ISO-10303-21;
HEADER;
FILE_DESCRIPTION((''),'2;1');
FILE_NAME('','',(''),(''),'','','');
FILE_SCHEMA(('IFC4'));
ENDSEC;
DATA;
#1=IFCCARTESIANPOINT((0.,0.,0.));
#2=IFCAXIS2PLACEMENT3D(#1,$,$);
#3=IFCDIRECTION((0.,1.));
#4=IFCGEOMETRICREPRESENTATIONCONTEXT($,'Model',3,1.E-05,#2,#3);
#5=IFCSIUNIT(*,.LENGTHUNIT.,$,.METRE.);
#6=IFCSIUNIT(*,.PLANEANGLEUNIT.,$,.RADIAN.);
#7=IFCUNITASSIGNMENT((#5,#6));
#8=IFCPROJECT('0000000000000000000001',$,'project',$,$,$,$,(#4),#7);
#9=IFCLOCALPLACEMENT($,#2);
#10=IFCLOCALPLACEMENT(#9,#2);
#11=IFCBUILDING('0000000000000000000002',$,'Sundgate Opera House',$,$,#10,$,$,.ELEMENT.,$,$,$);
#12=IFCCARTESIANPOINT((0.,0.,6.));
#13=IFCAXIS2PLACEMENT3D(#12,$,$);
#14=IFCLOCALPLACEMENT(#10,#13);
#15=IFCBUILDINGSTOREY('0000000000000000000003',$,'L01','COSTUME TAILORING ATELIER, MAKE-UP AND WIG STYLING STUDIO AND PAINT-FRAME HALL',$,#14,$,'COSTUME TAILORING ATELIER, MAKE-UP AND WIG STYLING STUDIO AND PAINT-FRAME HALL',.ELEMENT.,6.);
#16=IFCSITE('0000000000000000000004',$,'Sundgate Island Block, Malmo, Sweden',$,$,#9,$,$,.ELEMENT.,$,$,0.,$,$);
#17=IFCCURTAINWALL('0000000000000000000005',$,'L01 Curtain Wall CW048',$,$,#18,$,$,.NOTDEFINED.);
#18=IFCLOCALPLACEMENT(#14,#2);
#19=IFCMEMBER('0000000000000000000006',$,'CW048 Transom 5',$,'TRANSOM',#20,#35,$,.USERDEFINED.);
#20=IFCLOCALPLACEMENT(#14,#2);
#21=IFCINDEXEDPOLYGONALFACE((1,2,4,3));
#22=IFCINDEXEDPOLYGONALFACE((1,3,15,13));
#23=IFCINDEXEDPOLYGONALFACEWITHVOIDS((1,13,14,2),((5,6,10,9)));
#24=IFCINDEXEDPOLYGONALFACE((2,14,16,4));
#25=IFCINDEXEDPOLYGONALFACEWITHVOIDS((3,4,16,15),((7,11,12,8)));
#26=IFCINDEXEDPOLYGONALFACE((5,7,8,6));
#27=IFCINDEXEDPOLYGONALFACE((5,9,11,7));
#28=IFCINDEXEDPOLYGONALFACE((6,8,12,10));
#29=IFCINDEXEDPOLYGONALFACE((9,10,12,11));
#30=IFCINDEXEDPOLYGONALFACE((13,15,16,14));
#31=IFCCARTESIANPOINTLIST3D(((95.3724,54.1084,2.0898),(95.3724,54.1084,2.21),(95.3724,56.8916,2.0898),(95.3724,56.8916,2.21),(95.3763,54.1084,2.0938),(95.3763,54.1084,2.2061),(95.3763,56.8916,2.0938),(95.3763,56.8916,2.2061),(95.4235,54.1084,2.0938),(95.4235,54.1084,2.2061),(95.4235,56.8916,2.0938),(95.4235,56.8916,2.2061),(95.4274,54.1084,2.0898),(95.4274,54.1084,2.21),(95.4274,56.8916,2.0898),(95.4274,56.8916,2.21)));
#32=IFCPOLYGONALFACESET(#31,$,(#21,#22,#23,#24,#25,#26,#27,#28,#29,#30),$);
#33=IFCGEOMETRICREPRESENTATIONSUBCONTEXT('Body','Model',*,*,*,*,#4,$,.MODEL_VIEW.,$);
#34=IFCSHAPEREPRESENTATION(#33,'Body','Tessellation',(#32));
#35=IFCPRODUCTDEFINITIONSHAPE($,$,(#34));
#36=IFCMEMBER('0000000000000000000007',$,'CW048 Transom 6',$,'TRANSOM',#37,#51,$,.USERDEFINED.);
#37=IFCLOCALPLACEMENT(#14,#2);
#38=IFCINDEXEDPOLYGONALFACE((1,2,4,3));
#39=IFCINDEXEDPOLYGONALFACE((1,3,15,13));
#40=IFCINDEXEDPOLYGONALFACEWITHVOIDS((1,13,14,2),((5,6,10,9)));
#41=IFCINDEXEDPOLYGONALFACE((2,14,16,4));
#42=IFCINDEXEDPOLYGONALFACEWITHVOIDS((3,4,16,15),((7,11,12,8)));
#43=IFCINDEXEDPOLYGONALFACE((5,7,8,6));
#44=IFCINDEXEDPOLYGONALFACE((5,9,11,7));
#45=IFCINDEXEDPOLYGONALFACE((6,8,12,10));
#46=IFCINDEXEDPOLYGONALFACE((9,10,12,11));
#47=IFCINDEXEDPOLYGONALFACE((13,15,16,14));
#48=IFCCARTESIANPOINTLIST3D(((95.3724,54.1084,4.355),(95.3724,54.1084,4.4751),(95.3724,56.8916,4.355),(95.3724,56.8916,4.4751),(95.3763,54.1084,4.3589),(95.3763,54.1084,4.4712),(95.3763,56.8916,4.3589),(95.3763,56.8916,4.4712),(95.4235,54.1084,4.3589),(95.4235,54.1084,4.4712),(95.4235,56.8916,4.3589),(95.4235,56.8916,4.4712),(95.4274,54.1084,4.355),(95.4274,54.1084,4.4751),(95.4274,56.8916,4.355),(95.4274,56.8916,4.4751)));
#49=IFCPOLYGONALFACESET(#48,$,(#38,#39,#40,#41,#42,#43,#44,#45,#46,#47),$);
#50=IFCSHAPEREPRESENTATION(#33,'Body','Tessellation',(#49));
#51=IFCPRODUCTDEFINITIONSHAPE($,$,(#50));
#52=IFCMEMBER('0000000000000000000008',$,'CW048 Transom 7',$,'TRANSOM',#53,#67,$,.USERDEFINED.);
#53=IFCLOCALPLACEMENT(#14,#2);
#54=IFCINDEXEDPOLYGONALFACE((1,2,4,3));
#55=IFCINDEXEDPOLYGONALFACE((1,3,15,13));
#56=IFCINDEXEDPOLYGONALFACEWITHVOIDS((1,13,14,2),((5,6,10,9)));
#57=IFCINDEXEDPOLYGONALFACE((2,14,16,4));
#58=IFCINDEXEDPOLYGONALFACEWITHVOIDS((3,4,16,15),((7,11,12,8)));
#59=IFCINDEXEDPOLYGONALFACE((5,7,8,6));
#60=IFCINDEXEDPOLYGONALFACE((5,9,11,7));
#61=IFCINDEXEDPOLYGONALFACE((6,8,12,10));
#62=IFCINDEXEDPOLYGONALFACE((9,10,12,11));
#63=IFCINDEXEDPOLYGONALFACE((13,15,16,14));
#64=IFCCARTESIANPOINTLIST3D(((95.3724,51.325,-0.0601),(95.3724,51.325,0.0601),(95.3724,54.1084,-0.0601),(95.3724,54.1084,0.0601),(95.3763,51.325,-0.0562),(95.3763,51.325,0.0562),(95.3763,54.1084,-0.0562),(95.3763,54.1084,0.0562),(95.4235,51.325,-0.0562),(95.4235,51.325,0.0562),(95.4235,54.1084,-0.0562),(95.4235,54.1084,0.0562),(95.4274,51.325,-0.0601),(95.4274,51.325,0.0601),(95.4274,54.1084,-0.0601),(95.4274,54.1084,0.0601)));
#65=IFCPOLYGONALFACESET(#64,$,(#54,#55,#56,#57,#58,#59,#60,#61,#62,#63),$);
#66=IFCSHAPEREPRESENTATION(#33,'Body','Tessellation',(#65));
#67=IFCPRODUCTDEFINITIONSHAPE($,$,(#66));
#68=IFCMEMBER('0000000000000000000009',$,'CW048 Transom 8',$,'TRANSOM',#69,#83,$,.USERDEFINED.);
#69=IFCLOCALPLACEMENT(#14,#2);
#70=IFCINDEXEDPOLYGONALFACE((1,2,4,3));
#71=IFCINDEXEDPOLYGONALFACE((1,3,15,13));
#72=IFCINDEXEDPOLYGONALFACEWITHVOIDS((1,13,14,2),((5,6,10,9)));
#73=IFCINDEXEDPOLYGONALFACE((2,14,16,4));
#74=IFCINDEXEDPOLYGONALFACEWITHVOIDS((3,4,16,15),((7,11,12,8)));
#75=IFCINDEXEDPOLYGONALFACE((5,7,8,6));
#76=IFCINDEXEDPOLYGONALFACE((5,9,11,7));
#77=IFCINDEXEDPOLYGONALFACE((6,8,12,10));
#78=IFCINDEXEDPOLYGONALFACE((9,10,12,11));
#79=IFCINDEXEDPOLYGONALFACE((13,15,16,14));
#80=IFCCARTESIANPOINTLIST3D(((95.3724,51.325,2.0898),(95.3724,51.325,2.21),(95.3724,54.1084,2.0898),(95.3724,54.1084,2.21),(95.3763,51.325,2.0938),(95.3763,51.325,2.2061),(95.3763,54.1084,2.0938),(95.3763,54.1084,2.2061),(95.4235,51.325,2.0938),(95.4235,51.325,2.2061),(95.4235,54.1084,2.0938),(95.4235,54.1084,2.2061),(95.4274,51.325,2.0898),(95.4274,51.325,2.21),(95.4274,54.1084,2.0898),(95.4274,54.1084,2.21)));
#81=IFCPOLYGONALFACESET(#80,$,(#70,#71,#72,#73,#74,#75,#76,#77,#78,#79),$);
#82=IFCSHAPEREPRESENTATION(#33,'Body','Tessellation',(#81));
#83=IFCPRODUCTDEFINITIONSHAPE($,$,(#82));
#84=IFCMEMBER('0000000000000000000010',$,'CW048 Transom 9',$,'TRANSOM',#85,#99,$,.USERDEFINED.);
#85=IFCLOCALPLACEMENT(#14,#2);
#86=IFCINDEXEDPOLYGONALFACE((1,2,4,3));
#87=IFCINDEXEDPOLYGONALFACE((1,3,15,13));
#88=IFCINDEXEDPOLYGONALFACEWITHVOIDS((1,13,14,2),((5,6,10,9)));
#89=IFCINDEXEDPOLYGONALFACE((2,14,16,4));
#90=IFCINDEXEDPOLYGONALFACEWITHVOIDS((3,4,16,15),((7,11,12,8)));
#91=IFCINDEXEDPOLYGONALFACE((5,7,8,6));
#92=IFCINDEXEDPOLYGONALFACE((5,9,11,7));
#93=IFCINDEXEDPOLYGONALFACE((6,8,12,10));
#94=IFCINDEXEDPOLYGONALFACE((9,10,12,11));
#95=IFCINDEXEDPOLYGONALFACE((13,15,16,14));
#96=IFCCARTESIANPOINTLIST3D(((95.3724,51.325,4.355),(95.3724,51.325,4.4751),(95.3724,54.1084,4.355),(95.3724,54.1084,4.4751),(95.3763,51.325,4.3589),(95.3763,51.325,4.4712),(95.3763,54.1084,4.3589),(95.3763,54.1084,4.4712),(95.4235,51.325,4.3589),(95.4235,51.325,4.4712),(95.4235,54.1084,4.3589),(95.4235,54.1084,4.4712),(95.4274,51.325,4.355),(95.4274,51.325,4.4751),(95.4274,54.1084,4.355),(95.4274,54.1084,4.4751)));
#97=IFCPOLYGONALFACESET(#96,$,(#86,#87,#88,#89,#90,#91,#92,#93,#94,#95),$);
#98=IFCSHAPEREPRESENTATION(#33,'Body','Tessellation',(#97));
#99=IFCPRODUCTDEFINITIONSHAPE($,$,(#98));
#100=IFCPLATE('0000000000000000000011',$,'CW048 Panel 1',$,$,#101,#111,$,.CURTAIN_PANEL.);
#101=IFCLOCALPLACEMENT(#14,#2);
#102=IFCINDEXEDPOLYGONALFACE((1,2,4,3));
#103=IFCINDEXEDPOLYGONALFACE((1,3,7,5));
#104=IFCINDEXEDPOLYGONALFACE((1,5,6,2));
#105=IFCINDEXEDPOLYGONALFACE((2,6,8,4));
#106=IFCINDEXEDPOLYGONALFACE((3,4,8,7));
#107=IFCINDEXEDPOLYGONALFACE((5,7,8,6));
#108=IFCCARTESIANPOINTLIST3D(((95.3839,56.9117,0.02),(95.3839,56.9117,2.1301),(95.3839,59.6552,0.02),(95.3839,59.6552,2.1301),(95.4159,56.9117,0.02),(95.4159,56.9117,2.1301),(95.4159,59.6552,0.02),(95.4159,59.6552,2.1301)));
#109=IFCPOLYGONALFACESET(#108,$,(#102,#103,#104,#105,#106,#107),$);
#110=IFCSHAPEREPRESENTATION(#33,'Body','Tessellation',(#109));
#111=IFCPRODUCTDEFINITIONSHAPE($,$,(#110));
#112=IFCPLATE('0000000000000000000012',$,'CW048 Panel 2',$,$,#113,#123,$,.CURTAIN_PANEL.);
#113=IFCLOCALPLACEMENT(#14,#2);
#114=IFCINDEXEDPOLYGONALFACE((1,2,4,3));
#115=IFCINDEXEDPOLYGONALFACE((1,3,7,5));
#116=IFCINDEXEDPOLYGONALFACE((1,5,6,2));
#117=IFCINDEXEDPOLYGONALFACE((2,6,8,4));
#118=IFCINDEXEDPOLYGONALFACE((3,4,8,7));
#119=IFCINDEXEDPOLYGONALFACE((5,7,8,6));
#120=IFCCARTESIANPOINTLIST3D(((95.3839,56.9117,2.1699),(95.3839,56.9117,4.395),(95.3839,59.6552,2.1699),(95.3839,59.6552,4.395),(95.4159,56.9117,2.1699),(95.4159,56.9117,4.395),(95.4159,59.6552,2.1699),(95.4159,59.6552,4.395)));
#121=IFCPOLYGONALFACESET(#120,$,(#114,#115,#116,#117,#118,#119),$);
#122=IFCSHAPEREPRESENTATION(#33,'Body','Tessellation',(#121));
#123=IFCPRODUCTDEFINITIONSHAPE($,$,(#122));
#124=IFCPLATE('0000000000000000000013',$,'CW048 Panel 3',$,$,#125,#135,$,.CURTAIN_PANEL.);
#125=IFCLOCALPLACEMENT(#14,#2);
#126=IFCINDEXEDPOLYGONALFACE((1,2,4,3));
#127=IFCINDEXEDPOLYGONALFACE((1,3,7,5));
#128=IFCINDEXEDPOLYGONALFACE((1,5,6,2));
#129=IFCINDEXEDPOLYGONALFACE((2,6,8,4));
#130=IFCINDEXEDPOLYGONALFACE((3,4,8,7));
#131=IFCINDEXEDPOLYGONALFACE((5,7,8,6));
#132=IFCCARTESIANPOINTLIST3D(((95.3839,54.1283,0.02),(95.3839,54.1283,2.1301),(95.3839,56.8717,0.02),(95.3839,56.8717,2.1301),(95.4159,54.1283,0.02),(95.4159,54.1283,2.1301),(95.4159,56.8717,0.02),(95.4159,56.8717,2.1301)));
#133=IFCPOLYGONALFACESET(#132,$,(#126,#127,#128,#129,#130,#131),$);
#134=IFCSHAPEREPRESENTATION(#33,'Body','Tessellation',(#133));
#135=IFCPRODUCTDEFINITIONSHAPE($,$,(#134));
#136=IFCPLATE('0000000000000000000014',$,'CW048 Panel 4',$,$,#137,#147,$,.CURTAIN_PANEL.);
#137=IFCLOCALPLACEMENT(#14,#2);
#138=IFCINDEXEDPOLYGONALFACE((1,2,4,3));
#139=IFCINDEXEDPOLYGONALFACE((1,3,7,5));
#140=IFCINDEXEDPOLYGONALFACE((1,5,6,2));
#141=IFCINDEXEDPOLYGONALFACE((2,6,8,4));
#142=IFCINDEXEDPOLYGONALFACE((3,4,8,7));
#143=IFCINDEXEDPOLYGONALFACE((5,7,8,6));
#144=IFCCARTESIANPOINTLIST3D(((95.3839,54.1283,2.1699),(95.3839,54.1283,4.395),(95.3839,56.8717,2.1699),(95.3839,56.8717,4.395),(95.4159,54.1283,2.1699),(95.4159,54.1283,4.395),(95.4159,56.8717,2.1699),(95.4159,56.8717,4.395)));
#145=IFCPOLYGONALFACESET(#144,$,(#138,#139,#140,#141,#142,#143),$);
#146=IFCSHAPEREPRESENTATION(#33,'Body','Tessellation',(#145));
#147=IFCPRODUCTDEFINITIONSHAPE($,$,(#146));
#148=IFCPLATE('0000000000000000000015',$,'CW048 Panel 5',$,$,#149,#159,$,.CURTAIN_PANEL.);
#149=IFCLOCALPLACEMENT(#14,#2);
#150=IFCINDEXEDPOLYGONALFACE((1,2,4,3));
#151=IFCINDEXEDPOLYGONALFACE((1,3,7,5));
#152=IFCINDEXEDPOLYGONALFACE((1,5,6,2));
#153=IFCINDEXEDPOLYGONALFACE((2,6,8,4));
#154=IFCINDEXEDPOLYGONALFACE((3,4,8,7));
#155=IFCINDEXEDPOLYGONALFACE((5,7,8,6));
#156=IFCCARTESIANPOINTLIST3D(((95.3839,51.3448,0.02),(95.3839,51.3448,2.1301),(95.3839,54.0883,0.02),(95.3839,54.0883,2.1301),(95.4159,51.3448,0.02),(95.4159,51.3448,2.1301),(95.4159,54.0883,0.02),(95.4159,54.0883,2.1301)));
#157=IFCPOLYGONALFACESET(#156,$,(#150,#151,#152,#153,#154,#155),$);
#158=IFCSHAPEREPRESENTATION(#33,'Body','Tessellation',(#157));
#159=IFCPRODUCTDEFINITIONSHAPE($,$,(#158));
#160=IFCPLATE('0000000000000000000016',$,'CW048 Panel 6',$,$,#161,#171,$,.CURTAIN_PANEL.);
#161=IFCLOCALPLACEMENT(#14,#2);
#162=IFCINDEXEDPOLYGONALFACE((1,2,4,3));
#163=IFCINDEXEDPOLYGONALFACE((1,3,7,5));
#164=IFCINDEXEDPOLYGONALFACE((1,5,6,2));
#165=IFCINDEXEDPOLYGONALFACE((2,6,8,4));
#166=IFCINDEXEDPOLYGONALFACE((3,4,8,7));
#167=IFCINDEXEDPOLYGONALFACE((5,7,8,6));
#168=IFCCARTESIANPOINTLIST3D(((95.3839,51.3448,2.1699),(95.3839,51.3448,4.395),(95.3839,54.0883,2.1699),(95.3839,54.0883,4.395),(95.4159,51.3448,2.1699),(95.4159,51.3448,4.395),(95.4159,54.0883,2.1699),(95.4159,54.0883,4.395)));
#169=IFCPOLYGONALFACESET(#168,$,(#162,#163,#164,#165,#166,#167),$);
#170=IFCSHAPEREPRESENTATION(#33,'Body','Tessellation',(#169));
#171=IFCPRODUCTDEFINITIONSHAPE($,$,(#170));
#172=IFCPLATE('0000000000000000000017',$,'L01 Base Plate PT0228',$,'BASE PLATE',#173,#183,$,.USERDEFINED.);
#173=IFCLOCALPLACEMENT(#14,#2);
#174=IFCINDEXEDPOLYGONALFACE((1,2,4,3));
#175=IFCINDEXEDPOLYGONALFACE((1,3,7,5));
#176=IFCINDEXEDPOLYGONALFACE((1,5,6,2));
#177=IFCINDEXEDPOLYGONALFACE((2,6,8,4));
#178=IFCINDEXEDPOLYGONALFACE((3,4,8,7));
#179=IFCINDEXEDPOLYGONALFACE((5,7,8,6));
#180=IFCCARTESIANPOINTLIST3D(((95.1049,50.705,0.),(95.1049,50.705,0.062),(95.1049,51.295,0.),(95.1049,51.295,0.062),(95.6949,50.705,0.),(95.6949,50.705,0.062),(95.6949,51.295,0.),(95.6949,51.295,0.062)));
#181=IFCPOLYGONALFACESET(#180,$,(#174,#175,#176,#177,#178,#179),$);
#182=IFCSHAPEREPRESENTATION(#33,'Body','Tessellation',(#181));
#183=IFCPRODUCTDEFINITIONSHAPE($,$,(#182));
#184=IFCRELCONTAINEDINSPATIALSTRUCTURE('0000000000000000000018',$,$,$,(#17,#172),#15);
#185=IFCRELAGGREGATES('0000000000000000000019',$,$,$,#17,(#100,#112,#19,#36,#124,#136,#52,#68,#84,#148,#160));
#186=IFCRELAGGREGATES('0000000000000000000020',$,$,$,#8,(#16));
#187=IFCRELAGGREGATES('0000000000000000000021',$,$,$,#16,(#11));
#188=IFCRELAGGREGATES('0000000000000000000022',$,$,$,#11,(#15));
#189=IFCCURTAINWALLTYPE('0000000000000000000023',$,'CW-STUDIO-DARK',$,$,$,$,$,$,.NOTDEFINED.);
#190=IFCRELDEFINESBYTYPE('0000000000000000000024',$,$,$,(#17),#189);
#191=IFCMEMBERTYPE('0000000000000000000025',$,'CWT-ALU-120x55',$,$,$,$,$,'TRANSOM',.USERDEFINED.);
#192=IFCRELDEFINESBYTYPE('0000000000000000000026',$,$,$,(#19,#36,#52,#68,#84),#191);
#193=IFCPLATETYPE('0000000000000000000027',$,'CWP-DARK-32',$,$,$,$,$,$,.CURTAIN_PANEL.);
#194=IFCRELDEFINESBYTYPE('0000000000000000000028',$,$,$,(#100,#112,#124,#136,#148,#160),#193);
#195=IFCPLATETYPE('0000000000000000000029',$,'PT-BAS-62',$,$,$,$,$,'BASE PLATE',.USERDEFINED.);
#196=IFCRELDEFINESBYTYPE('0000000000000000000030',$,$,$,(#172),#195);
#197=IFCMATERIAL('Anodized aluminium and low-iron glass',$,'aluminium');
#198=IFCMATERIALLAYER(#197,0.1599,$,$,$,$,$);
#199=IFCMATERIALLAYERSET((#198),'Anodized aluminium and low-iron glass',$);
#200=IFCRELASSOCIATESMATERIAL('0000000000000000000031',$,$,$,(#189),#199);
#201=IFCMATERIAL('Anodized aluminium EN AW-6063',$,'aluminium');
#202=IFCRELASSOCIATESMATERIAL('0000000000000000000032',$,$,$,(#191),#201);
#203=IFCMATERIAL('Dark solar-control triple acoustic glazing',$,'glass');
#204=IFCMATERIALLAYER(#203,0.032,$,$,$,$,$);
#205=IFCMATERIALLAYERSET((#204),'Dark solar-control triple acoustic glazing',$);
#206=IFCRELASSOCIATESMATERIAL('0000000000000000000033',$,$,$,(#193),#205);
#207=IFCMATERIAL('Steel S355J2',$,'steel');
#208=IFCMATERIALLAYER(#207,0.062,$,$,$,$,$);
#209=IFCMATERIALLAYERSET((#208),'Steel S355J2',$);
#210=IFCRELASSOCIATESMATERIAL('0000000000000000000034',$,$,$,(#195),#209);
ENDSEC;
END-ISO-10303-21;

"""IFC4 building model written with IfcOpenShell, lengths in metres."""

from ifc_helpers import new_model, si_unit, direction, frame, origin, origin_2d, place, context, subcontext, project, spatial, rectangle, hollow_rectangle, extrude, material, layer, layer_set, material_profile, profile_set, type_object, element, aggregate, save


model = new_model("IFC4")

# Units and contexts
model_context = context("Model", 3, precision=1e-05, world=origin(), true_north=direction((0.0, 1.0)))
body_context = subcontext(model_context, "Body", "Model", "MODEL_VIEW")
ifc_project = project(units=[si_unit("LENGTHUNIT", "METRE"), si_unit("PLANEANGLEUNIT", "RADIAN")], contexts=[model_context])

# Site, building, storey
site_placement = place(None, origin())
site = spatial("IfcSite", under=ifc_project, at=site_placement, Name="Sundgate Island Block, Malmo, Sweden", CompositionType="ELEMENT", RefElevation=0.0)
building_placement = place(site_placement, origin())
building = spatial("IfcBuilding", under=site, at=building_placement, Name="Sundgate Opera House", CompositionType="ELEMENT")
storey_placement = place(building_placement, frame((0.0, 0.0, 6.0)))
storey = spatial("IfcBuildingStorey", under=building, at=storey_placement, Name="L01", Description="COSTUME TAILORING ATELIER, MAKE-UP AND WIG STYLING STUDIO AND PAINT-FRAME HALL", LongName="COSTUME TAILORING ATELIER, MAKE-UP AND WIG STYLING STUDIO AND PAINT-FRAME HALL", CompositionType="ELEMENT", Elevation=6.0)

# Curtain wall, members, plates
ifc_material_1 = material(Name="Anodized aluminium and low-iron glass", Category="aluminium")
ifc_layer_1 = layer(ifc_material_1, 0.1599)
ifc_layer_set_1 = layer_set([ifc_layer_1], Name="Anodized aluminium and low-iron glass")
curtain_wall_type = type_object("IfcCurtainWallType", Name="CW-STUDIO-DARK", PredefinedType="NOTDEFINED", material=ifc_layer_set_1)
curtain_wall_placement = place(storey_placement, origin())
curtain_wall = element("IfcCurtainWall", 1, at=curtain_wall_placement, inside=storey, type_object=curtain_wall_type, Name="L01 Curtain Wall CW048", PredefinedType="NOTDEFINED")
ifc_material_2 = material(Name="Anodized aluminium EN AW-6063", Category="aluminium")
ifc_material_profile_1 = material_profile(ifc_material_2, hollow_rectangle(XDim=0.0549, YDim=0.1201, WallThickness=0.0039, at=origin_2d()), Name="CWT 120x55x4")
ifc_profile_set_1 = profile_set([ifc_material_profile_1], Name="Anodized aluminium EN AW-6063")
member_type_1 = type_object("IfcMemberType", Name="CWT-ALU-120x55", ElementType="TRANSOM", PredefinedType="USERDEFINED", material=ifc_profile_set_1)
member_1_placement = place(storey_placement, frame((95.3999, 56.8916, 2.1499), z_axis=(0.0, -1.0, 0.0), x_axis=(1.0, 0.0, 0.0)))
member_1 = element("IfcMember", 2, at=member_1_placement, type_object=member_type_1, Name="CW048 Transom 5", ObjectType="TRANSOM", PredefinedType="USERDEFINED", context=body_context, shape_type="SweptSolid", body=[
    extrude(hollow_rectangle(XDim=0.0549, YDim=0.1201, WallThickness=0.0039, at=origin_2d()), origin(), (0.0, 0.0, 1.0), 2.7832),
])
member_2_placement = place(storey_placement, frame((95.3999, 56.8916, 4.415), z_axis=(0.0, -1.0, 0.0), x_axis=(1.0, 0.0, 0.0)))
member_2 = element("IfcMember", 3, at=member_2_placement, type_object=member_type_1, Name="CW048 Transom 6", ObjectType="TRANSOM", PredefinedType="USERDEFINED", context=body_context, shape_type="SweptSolid", body=[
    extrude(hollow_rectangle(XDim=0.0549, YDim=0.1201, WallThickness=0.0039, at=origin_2d()), origin(), (0.0, 0.0, 1.0), 2.7832),
])
member_3_placement = place(storey_placement, frame((95.3999, 54.1084, 0.0), z_axis=(0.0, -1.0, 0.0), x_axis=(1.0, 0.0, 0.0)))
member_3 = element("IfcMember", 4, at=member_3_placement, type_object=member_type_1, Name="CW048 Transom 7", ObjectType="TRANSOM", PredefinedType="USERDEFINED", context=body_context, shape_type="SweptSolid", body=[
    extrude(hollow_rectangle(XDim=0.0549, YDim=0.1201, WallThickness=0.0039, at=origin_2d()), origin(), (0.0, 0.0, 1.0), 2.7834),
])
member_4_placement = place(storey_placement, frame((95.3999, 54.1084, 2.1499), z_axis=(0.0, -1.0, 0.0), x_axis=(1.0, 0.0, 0.0)))
member_4 = element("IfcMember", 5, at=member_4_placement, type_object=member_type_1, Name="CW048 Transom 8", ObjectType="TRANSOM", PredefinedType="USERDEFINED", context=body_context, shape_type="SweptSolid", body=[
    extrude(hollow_rectangle(XDim=0.0549, YDim=0.1201, WallThickness=0.0039, at=origin_2d()), origin(), (0.0, 0.0, 1.0), 2.7834),
])
member_5_placement = place(storey_placement, frame((95.3999, 54.1084, 4.415), z_axis=(0.0, -1.0, 0.0), x_axis=(1.0, 0.0, 0.0)))
member_5 = element("IfcMember", 6, at=member_5_placement, type_object=member_type_1, Name="CW048 Transom 9", ObjectType="TRANSOM", PredefinedType="USERDEFINED", context=body_context, shape_type="SweptSolid", body=[
    extrude(hollow_rectangle(XDim=0.0549, YDim=0.1201, WallThickness=0.0039, at=origin_2d()), origin(), (0.0, 0.0, 1.0), 2.7834),
])
ifc_material_3 = material(Name="Dark solar-control triple acoustic glazing", Category="glass")
ifc_layer_2 = layer(ifc_material_3, 0.032)
ifc_layer_set_2 = layer_set([ifc_layer_2], Name="Dark solar-control triple acoustic glazing")
plate_type_1 = type_object("IfcPlateType", Name="CWP-DARK-32", PredefinedType="CURTAIN_PANEL", material=ifc_layer_set_2)
plate_1_placement = place(storey_placement, frame((95.3999, 58.2834, 0.02), z_axis=(0.0, 0.0, 1.0), x_axis=(0.0, -1.0, 0.0)))
plate_1 = element("IfcPlate", 7, at=plate_1_placement, type_object=plate_type_1, Name="CW048 Panel 1", PredefinedType="CURTAIN_PANEL", context=body_context, shape_type="SweptSolid", body=[
    extrude(rectangle(XDim=2.7434, YDim=0.032, at=origin_2d()), origin(), (0.0, 0.0, 1.0), 2.1101),
])
plate_2_placement = place(storey_placement, frame((95.3999, 58.2834, 2.1699), z_axis=(0.0, 0.0, 1.0), x_axis=(0.0, -1.0, 0.0)))
plate_2 = element("IfcPlate", 8, at=plate_2_placement, type_object=plate_type_1, Name="CW048 Panel 2", PredefinedType="CURTAIN_PANEL", context=body_context, shape_type="SweptSolid", body=[
    extrude(rectangle(XDim=2.7434, YDim=0.032, at=origin_2d()), origin(), (0.0, 0.0, 1.0), 2.2251),
])
plate_3_placement = place(storey_placement, frame((95.3999, 55.5, 0.02), z_axis=(0.0, 0.0, 1.0), x_axis=(0.0, -1.0, 0.0)))
plate_3 = element("IfcPlate", 9, at=plate_3_placement, type_object=plate_type_1, Name="CW048 Panel 3", PredefinedType="CURTAIN_PANEL", context=body_context, shape_type="SweptSolid", body=[
    extrude(rectangle(XDim=2.7434, YDim=0.032, at=origin_2d()), origin(), (0.0, 0.0, 1.0), 2.1101),
])
plate_4_placement = place(storey_placement, frame((95.3999, 55.5, 2.1699), z_axis=(0.0, 0.0, 1.0), x_axis=(0.0, -1.0, 0.0)))
plate_4 = element("IfcPlate", 10, at=plate_4_placement, type_object=plate_type_1, Name="CW048 Panel 4", PredefinedType="CURTAIN_PANEL", context=body_context, shape_type="SweptSolid", body=[
    extrude(rectangle(XDim=2.7434, YDim=0.032, at=origin_2d()), origin(), (0.0, 0.0, 1.0), 2.2251),
])
plate_5_placement = place(storey_placement, frame((95.3999, 52.7166, 0.02), z_axis=(0.0, 0.0, 1.0), x_axis=(0.0, -1.0, 0.0)))
plate_5 = element("IfcPlate", 11, at=plate_5_placement, type_object=plate_type_1, Name="CW048 Panel 5", PredefinedType="CURTAIN_PANEL", context=body_context, shape_type="SweptSolid", body=[
    extrude(rectangle(XDim=2.7434, YDim=0.032, at=origin_2d()), origin(), (0.0, 0.0, 1.0), 2.1101),
])
plate_6_placement = place(storey_placement, frame((95.3999, 52.7166, 2.1699), z_axis=(0.0, 0.0, 1.0), x_axis=(0.0, -1.0, 0.0)))
plate_6 = element("IfcPlate", 12, at=plate_6_placement, type_object=plate_type_1, Name="CW048 Panel 6", PredefinedType="CURTAIN_PANEL", context=body_context, shape_type="SweptSolid", body=[
    extrude(rectangle(XDim=2.7434, YDim=0.032, at=origin_2d()), origin(), (0.0, 0.0, 1.0), 2.2251),
])
aggregate(curtain_wall, [plate_1, plate_2, member_1, member_2, plate_3, plate_4, member_3, member_4, member_5, plate_5, plate_6])

# Plate
ifc_material_4 = material(Name="Steel S355J2", Category="steel")
ifc_layer_3 = layer(ifc_material_4, 0.062)
ifc_layer_set_3 = layer_set([ifc_layer_3], Name="Steel S355J2")
plate_type_2 = type_object("IfcPlateType", Name="PT-BAS-62", ElementType="BASE PLATE", PredefinedType="USERDEFINED", material=ifc_layer_set_3)
plate_7_placement = place(storey_placement, frame((95.3999, 51.0, 0.0), z_axis=(0.0, 0.0, 1.0), x_axis=(1.0, 0.0, 0.0)))
element("IfcPlate", 13, at=plate_7_placement, inside=storey, type_object=plate_type_2, Name="L01 Base Plate PT0228", ObjectType="BASE PLATE", PredefinedType="USERDEFINED", context=body_context, shape_type="SweptSolid", body=[
    extrude(rectangle(XDim=0.5901, YDim=0.5901, at=origin_2d()), origin(), (0.0, 0.0, 1.0), 0.062),
])

save(model, "model.ifc")
